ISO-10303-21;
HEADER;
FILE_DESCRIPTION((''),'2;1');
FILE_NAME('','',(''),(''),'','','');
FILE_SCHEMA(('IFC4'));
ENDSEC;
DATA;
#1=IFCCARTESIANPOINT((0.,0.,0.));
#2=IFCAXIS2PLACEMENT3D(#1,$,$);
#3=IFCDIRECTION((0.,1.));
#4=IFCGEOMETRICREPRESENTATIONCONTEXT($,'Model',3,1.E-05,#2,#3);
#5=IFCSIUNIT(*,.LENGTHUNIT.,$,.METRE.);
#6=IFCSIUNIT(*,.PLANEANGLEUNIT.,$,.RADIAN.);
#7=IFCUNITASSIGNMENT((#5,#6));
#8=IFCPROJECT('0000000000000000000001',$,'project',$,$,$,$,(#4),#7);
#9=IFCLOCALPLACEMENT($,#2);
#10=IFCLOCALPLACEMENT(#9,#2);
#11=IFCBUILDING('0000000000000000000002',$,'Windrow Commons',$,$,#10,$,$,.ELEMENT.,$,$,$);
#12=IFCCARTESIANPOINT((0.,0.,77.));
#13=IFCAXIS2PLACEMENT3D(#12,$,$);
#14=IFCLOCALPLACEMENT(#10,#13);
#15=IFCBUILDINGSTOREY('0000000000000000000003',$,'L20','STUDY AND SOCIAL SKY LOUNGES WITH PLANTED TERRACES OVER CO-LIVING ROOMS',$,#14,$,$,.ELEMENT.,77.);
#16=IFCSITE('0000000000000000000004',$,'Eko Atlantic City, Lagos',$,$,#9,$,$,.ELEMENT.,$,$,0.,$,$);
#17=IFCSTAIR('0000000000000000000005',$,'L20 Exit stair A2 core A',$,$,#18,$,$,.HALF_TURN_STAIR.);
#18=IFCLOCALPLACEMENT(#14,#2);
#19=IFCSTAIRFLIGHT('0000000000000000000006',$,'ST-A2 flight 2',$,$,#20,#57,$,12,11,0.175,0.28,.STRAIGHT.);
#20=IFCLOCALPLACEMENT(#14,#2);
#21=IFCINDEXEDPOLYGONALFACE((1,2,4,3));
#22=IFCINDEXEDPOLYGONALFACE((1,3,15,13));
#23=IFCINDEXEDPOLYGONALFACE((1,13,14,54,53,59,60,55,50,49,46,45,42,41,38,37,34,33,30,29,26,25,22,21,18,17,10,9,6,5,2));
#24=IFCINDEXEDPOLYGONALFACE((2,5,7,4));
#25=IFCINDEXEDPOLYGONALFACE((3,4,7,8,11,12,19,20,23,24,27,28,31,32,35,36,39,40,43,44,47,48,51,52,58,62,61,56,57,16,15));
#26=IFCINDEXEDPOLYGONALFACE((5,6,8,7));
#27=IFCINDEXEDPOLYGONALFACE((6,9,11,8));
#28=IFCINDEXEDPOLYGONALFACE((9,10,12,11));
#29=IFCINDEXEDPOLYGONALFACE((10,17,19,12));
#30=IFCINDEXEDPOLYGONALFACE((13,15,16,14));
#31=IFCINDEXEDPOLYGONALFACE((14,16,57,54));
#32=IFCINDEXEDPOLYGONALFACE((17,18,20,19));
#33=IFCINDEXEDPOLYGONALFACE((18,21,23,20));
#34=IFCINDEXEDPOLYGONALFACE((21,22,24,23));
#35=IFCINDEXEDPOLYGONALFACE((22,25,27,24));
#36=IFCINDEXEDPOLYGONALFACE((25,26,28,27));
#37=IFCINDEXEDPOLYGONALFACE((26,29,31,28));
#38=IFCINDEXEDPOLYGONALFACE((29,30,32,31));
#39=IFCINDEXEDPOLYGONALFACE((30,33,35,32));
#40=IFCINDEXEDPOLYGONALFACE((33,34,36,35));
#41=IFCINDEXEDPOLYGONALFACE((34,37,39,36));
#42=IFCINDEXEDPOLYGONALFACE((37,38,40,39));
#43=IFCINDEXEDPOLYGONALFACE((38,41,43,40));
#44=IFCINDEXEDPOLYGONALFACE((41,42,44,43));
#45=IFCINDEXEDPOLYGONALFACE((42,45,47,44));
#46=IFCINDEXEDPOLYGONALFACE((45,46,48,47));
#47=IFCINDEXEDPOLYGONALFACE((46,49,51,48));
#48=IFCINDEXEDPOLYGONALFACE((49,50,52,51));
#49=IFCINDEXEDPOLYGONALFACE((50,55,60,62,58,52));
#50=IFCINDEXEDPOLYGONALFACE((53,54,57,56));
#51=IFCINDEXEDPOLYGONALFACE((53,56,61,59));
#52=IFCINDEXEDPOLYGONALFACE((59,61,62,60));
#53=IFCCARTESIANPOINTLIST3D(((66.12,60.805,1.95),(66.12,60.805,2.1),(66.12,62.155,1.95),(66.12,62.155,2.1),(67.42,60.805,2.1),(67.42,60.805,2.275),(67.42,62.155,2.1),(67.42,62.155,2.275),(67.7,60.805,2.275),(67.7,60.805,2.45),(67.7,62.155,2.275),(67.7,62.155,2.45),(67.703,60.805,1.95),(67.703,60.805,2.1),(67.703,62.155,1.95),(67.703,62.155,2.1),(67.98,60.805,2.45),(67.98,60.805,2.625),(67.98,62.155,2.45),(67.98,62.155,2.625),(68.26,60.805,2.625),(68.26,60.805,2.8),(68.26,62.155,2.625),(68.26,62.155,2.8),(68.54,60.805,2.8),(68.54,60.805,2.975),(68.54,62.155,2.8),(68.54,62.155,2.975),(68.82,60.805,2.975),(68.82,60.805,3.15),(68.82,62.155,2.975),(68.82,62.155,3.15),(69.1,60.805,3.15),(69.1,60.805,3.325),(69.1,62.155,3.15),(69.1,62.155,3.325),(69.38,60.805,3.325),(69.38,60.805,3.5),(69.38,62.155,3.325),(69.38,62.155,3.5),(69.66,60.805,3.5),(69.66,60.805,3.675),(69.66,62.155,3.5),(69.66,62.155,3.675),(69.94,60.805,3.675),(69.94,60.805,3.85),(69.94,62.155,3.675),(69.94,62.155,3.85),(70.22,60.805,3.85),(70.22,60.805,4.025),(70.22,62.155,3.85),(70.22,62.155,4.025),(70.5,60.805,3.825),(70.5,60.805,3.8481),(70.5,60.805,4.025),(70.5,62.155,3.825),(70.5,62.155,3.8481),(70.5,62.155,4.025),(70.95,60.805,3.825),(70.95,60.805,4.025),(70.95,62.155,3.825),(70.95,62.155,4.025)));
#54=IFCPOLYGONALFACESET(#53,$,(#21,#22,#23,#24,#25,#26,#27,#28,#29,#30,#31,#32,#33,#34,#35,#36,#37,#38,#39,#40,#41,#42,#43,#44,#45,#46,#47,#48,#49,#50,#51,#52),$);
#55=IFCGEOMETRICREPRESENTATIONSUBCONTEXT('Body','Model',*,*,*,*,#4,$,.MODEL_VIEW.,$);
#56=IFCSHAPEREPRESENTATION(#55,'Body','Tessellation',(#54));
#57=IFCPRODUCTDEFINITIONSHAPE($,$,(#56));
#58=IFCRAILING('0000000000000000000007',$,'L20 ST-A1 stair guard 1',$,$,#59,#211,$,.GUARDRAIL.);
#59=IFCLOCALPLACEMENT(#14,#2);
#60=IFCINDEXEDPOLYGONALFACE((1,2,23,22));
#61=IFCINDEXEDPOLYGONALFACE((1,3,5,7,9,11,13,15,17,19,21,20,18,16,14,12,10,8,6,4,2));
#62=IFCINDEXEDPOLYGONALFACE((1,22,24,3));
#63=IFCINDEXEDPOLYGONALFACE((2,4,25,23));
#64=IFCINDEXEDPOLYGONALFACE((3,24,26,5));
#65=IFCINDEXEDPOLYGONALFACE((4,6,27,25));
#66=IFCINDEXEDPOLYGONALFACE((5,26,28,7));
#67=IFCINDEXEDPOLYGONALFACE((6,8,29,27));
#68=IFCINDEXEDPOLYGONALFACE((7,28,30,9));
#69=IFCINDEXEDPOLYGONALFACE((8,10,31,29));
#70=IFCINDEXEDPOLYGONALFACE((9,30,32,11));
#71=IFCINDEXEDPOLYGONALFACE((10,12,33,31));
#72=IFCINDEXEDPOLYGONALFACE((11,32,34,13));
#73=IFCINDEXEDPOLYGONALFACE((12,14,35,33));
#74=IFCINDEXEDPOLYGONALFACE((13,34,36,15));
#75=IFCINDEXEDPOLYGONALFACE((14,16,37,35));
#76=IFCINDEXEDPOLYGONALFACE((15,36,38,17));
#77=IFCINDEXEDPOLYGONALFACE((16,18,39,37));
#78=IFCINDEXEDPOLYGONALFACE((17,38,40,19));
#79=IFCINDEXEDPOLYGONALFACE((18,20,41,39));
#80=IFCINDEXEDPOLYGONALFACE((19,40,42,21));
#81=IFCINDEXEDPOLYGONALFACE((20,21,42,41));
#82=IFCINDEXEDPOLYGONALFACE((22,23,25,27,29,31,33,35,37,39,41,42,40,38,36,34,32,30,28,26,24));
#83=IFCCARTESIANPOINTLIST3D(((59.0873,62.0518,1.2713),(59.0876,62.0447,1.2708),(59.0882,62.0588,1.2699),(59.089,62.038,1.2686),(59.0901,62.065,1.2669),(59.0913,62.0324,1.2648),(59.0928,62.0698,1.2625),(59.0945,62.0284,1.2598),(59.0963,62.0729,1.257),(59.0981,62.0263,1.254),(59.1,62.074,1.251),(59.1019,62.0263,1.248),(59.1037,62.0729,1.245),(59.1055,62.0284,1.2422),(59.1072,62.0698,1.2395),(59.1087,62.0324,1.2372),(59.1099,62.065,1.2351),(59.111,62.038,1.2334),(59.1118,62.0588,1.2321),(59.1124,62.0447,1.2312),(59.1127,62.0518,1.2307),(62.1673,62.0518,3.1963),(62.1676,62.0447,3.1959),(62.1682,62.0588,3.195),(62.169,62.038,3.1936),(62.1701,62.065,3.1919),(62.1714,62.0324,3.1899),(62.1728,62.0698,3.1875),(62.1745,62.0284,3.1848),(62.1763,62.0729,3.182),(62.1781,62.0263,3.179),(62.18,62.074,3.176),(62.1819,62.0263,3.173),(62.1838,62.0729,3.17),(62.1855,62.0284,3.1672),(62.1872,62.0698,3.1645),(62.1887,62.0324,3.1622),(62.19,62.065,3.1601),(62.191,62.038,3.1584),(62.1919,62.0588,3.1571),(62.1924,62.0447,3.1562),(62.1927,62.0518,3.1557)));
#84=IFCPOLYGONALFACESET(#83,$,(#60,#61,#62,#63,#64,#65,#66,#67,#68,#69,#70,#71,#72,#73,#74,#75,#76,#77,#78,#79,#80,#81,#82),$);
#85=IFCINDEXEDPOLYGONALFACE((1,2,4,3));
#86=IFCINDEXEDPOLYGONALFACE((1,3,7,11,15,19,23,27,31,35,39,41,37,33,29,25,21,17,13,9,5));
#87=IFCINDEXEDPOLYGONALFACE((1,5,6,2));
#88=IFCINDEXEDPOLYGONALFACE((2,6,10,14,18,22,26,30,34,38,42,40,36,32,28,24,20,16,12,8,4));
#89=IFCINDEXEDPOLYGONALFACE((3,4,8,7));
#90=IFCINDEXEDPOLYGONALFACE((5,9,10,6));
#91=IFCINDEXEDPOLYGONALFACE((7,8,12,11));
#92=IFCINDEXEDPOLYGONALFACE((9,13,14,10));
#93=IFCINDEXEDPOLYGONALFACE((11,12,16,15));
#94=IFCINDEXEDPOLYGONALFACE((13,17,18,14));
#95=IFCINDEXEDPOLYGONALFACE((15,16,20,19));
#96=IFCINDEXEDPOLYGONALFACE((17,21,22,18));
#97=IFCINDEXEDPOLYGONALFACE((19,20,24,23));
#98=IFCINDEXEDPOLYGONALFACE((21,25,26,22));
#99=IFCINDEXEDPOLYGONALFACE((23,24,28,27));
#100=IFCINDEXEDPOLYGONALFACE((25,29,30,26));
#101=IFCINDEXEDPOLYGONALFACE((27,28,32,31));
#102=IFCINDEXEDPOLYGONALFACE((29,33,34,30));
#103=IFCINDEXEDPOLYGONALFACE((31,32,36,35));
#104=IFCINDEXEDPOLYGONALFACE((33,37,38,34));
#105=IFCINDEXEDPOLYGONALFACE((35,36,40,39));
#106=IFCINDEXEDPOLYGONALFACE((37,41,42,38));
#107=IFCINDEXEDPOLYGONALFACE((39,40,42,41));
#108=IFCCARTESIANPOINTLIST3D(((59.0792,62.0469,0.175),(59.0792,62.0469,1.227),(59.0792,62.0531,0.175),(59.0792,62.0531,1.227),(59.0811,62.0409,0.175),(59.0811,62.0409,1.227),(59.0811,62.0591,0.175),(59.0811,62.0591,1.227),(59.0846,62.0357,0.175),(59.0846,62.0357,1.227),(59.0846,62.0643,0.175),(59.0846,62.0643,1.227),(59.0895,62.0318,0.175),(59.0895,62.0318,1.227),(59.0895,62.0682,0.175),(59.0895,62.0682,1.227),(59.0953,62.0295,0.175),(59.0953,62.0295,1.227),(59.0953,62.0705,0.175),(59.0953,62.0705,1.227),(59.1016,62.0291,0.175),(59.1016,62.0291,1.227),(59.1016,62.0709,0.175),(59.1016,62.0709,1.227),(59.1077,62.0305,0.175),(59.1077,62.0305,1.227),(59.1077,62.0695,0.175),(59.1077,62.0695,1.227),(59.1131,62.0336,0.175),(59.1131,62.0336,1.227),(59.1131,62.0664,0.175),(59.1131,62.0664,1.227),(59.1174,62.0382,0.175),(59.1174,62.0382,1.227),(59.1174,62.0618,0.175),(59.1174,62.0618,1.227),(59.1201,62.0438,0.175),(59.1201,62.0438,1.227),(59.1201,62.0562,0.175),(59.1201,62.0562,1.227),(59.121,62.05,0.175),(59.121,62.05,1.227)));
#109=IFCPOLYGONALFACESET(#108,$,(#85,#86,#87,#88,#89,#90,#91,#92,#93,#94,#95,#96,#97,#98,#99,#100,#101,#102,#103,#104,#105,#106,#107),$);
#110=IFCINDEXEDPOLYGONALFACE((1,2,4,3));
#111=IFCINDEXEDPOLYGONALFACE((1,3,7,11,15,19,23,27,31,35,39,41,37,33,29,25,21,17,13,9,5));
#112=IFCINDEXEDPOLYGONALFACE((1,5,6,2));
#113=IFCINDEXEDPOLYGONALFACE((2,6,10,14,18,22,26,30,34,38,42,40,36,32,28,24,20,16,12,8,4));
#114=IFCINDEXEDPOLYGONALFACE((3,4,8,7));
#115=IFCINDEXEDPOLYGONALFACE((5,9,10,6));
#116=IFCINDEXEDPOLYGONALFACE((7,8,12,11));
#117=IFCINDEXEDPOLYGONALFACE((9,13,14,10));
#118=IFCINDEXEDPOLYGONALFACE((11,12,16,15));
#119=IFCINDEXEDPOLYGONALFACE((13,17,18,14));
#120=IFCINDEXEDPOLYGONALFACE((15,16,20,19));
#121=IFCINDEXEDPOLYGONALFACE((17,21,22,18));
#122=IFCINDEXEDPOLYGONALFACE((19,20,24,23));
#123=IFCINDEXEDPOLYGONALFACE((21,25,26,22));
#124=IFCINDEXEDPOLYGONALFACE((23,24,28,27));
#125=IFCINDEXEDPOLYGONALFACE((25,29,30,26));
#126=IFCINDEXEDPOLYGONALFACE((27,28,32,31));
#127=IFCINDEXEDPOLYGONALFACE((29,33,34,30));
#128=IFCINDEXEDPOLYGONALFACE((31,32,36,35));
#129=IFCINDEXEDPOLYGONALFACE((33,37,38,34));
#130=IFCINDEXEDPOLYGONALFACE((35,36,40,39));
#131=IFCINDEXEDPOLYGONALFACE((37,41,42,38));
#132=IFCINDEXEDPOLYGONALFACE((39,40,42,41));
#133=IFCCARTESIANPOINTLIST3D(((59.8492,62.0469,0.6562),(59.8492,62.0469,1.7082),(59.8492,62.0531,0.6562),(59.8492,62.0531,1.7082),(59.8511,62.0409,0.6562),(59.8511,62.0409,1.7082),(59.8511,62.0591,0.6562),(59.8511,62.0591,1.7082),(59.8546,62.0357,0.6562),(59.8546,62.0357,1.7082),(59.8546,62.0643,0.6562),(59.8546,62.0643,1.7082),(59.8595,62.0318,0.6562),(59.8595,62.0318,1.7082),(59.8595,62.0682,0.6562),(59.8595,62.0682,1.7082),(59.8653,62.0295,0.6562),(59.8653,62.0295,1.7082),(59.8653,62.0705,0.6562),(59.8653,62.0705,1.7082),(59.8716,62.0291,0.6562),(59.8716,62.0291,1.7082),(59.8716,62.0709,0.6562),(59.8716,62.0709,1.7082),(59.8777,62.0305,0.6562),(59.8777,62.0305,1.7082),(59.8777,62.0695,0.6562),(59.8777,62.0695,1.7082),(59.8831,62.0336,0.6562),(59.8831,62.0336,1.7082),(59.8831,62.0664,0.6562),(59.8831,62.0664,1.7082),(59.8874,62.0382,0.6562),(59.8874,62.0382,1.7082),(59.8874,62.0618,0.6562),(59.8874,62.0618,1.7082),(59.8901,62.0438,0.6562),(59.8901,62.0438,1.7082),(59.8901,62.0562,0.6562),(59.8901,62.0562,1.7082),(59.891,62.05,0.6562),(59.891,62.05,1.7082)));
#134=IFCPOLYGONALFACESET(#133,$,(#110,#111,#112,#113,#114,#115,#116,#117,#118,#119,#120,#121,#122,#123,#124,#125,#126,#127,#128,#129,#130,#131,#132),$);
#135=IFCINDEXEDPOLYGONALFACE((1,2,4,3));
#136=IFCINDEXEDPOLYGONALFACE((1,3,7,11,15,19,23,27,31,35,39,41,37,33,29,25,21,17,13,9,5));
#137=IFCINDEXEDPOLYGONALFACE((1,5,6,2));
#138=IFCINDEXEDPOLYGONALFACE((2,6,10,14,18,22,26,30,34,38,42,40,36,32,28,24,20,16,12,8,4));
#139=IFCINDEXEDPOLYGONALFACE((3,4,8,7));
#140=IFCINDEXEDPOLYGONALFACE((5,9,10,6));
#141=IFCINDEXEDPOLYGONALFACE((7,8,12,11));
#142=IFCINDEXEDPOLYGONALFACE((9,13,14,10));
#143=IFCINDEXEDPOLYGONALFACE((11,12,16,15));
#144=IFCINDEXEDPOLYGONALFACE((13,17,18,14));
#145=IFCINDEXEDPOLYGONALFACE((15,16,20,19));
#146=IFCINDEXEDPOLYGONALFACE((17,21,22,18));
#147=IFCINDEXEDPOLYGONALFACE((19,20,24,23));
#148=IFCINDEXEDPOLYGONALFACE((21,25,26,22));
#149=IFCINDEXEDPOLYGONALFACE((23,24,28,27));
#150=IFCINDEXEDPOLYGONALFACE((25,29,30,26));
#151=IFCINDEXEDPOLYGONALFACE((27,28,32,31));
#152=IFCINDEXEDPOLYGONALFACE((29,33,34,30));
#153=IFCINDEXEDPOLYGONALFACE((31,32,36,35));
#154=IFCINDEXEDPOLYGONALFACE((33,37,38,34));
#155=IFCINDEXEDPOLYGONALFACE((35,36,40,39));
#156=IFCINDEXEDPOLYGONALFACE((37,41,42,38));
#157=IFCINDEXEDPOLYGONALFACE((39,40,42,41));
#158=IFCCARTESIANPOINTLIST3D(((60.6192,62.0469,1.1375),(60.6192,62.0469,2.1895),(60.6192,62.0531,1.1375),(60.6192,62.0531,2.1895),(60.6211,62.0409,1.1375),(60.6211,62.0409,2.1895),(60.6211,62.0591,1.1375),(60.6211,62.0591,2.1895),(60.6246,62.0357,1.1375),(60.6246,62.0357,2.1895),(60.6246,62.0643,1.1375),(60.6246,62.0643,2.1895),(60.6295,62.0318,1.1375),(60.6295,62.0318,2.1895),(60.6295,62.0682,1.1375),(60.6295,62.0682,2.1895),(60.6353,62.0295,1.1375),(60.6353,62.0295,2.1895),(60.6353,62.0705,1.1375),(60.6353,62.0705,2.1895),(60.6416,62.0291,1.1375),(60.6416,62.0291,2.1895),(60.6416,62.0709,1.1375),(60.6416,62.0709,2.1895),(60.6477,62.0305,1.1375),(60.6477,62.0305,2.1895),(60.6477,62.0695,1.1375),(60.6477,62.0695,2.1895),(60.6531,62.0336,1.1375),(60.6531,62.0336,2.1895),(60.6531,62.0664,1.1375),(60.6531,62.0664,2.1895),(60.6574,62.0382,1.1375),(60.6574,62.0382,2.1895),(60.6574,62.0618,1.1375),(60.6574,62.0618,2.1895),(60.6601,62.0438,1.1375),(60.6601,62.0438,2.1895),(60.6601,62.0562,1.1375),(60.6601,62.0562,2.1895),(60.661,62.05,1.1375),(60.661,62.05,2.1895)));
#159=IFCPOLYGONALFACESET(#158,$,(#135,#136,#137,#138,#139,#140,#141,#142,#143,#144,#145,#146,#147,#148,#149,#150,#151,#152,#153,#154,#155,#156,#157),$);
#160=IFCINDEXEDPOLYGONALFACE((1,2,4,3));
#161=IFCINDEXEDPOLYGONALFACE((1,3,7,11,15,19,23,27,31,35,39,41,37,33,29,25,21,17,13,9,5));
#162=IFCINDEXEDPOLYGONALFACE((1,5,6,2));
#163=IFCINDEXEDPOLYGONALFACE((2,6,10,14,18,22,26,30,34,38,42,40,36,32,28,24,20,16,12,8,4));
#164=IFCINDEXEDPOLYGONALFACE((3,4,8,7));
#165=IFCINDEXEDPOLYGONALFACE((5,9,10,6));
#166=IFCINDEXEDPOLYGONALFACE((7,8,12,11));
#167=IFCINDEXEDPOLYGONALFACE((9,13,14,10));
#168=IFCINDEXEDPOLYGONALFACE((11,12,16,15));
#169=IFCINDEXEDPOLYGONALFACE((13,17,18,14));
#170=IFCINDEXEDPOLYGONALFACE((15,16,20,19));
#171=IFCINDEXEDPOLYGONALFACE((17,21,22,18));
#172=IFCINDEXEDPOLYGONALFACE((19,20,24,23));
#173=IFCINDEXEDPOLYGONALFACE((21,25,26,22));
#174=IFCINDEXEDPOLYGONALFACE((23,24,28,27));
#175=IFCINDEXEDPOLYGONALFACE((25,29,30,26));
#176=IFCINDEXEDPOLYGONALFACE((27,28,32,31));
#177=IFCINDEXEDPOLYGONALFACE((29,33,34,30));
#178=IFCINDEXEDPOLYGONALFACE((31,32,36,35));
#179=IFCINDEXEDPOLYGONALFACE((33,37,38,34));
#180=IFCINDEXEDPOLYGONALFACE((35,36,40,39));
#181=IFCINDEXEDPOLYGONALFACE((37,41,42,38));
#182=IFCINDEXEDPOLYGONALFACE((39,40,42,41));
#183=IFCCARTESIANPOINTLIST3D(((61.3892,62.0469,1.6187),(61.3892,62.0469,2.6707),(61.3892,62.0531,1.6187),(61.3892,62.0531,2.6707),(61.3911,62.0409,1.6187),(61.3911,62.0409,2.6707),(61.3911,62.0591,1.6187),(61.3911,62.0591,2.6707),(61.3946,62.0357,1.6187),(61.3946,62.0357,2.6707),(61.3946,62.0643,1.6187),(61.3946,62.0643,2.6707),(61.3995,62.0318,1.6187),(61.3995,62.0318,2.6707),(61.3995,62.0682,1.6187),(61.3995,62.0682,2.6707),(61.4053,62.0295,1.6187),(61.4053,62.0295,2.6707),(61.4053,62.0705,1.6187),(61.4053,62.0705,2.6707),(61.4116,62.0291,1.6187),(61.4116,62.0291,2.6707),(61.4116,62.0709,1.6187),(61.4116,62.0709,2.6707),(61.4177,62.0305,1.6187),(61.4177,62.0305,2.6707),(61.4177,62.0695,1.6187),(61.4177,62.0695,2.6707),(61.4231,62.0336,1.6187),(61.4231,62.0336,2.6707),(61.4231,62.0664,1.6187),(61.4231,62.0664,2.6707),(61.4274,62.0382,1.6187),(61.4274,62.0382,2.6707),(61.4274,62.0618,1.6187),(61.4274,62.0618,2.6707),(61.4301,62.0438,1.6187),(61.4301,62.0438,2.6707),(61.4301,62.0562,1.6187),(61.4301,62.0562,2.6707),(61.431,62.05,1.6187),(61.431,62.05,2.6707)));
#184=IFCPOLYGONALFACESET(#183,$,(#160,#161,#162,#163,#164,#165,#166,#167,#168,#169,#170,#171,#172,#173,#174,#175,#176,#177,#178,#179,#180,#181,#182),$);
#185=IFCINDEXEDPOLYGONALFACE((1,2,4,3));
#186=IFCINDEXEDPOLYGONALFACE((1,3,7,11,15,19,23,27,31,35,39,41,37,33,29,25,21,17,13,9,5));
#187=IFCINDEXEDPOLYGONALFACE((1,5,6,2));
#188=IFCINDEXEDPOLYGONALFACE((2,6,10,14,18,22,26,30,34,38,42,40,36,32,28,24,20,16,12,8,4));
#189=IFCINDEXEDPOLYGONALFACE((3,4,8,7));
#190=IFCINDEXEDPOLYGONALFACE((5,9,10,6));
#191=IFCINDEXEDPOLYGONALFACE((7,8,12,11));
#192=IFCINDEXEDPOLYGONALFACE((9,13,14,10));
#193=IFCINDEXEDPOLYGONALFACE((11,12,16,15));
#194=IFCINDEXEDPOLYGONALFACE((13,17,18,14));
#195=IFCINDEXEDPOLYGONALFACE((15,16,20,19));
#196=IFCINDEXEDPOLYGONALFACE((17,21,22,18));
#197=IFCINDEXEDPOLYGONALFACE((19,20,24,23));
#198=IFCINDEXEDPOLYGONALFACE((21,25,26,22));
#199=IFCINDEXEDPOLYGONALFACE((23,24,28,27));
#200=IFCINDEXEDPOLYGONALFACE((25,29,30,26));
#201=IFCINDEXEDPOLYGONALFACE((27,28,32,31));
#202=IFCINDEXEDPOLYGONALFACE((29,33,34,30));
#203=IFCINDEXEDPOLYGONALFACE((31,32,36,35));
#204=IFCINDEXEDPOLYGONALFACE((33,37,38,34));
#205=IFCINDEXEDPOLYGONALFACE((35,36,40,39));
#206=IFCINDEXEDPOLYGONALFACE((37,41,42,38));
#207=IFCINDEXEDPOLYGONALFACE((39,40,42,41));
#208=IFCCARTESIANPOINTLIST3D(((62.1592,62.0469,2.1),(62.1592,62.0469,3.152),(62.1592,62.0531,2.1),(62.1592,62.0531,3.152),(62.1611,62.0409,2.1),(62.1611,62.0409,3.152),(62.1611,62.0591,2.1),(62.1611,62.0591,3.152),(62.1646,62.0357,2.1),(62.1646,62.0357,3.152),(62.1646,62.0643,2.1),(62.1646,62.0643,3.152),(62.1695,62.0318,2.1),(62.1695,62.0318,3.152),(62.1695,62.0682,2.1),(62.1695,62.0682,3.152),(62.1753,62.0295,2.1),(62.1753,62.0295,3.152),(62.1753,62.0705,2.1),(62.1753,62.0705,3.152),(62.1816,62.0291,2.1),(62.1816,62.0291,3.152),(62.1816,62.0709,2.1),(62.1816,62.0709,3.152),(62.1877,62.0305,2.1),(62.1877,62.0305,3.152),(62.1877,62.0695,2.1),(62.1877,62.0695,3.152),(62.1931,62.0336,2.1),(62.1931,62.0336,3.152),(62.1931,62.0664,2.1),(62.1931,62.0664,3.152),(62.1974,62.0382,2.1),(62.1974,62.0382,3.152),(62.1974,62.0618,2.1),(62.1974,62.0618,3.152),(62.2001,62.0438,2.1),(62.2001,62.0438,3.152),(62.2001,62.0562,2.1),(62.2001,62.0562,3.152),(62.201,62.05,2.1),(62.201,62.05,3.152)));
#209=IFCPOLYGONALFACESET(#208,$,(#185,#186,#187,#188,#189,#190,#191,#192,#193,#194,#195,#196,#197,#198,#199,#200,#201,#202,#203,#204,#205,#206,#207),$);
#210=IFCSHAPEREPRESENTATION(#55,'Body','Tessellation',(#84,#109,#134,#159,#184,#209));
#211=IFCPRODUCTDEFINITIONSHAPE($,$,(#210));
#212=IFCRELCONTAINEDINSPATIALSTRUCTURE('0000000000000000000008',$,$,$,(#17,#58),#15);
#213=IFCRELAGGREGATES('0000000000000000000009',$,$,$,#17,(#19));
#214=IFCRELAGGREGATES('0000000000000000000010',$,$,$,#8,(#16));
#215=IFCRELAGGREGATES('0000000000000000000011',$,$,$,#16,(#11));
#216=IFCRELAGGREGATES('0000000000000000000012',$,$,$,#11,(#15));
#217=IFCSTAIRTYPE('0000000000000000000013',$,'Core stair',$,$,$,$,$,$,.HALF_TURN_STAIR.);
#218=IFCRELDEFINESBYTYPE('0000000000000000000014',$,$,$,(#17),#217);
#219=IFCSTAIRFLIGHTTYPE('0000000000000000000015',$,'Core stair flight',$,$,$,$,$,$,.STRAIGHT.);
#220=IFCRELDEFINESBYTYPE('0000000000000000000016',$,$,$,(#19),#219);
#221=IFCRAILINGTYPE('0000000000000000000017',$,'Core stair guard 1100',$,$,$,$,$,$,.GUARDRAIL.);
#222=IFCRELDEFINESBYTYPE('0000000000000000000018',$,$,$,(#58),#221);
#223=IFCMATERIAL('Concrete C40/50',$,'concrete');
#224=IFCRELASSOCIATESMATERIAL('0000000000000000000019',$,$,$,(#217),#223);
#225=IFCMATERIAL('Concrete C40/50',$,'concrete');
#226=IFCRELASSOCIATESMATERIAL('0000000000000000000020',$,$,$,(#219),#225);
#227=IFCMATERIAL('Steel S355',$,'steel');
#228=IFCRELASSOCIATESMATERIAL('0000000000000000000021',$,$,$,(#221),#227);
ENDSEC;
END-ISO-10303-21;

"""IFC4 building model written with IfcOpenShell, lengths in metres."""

from ifc_helpers import new_model, si_unit, direction, frame, origin, origin_2d, place, context, subcontext, project, spatial, polyline, circle, outline, extrude, material, type_object, element, aggregate, save


model = new_model("IFC4")

# Units and contexts
model_context = context("Model", 3, precision=1e-05, world=origin(), true_north=direction((0.0, 1.0)))
body_context = subcontext(model_context, "Body", "Model", "MODEL_VIEW")
ifc_project = project(units=[si_unit("LENGTHUNIT", "METRE"), si_unit("PLANEANGLEUNIT", "RADIAN")], contexts=[model_context])

# Site, building, storey
site_placement = place(None, origin())
site = spatial("IfcSite", under=ifc_project, at=site_placement, Name="Eko Atlantic City, Lagos", CompositionType="ELEMENT", RefElevation=0.0)
building_placement = place(site_placement, origin())
building = spatial("IfcBuilding", under=site, at=building_placement, Name="Windrow Commons", CompositionType="ELEMENT")
storey_placement = place(building_placement, frame((0.0, 0.0, 77.0)))
storey = spatial("IfcBuildingStorey", under=building, at=storey_placement, Name="L20", Description="STUDY AND SOCIAL SKY LOUNGES WITH PLANTED TERRACES OVER CO-LIVING ROOMS", CompositionType="ELEMENT", Elevation=77.0)

# Shared definitions
placement = place(storey_placement, origin())

# Shared definitions
ifc_material_1 = material(Name="Concrete C40/50", Category="concrete")
stair_type = type_object("IfcStairType", Name="Core stair", PredefinedType="HALF_TURN_STAIR", material=ifc_material_1)
ifc_material_2 = material(Name="Concrete C40/50", Category="concrete")
stair_flight_type = type_object("IfcStairFlightType", Name="Core stair flight", PredefinedType="STRAIGHT", material=ifc_material_2)

# Stair, stair flight
stair_1 = element("IfcStair", 1, at=placement, inside=storey, type_object=stair_type, Name="L20 Exit stair A2 core A", PredefinedType="HALF_TURN_STAIR")
stair_flight_1_placement = place(storey_placement, frame((67.42, 61.48, 2.1), z_axis=(0.0, 0.0, 1.0), x_axis=(1.0, 0.0, 0.0)))
stair_flight_1 = element("IfcStairFlight", 2, at=stair_flight_1_placement, type_object=stair_flight_type, Name="ST-A2 flight 2", NumberOfRisers=12, NumberOfTreads=11, PredefinedType="STRAIGHT", RiserHeight=0.175, TreadLength=0.28, context=body_context, shape_type="SweptSolid", body=[
    extrude(outline(polyline([(-1.3, -0.15), (-1.3, 0.0), (0.0, 0.0), (0.0, 0.175), (0.28, 0.175), (0.28, 0.35), (0.56, 0.35), (0.56, 0.525), (0.84, 0.525), (0.84, 0.7), (1.12, 0.7), (1.12, 0.875), (1.4, 0.875), (1.4, 1.05), (1.68, 1.05), (1.68, 1.225), (1.96, 1.225), (1.96, 1.4), (2.24, 1.4), (2.24, 1.575), (2.52, 1.575), (2.52, 1.75), (2.8, 1.75), (2.8, 1.925), (3.08, 1.925), (3.53, 1.925), (3.53, 1.725), (3.08, 1.725), (3.08, 1.7481), (0.283, 0.0), (0.283, -0.15), (-1.3, -0.15)])), frame((0.0, 0.675, 0.0), z_axis=(0.0, -1.0, 0.0), x_axis=(1.0, 0.0, 0.0)), (0.0, 0.0, 1.0), 1.35),
])
aggregate(stair_1, [stair_flight_1])

# Railing
ifc_material_3 = material(Name="Steel S355", Category="steel")
railing_type_1 = type_object("IfcRailingType", Name="Core stair guard 1100", PredefinedType="GUARDRAIL", material=ifc_material_3)
railing_1_placement = place(storey_placement, frame((59.1, 62.05, 0.175)))
element("IfcRailing", 3, at=railing_1_placement, inside=storey, type_object=railing_type_1, Name="L20 ST-A1 stair guard 1", PredefinedType="GUARDRAIL", context=body_context, shape_type="SweptSolid", body=[
    extrude(circle(Radius=0.024, at=origin_2d()), frame((0.0, 0.0, 1.076), z_axis=(0.847998, 0.0, 0.529999), x_axis=(0.0, 1.0, 0.0)), (0.0, 0.0, 1.0), 3.6321),
    extrude(circle(Radius=0.021, at=origin_2d()), origin(), (0.0, 0.0, 1.0), 1.052),
    extrude(circle(Radius=0.021, at=origin_2d()), frame((0.77, 0.0, 0.4812)), (0.0, 0.0, 1.0), 1.052),
    extrude(circle(Radius=0.021, at=origin_2d()), frame((1.54, 0.0, 0.9625)), (0.0, 0.0, 1.0), 1.052),
    extrude(circle(Radius=0.021, at=origin_2d()), frame((2.31, 0.0, 1.4437)), (0.0, 0.0, 1.0), 1.052),
    extrude(circle(Radius=0.021, at=origin_2d()), frame((3.08, 0.0, 1.925)), (0.0, 0.0, 1.0), 1.052),
])

save(model, "model.ifc")
